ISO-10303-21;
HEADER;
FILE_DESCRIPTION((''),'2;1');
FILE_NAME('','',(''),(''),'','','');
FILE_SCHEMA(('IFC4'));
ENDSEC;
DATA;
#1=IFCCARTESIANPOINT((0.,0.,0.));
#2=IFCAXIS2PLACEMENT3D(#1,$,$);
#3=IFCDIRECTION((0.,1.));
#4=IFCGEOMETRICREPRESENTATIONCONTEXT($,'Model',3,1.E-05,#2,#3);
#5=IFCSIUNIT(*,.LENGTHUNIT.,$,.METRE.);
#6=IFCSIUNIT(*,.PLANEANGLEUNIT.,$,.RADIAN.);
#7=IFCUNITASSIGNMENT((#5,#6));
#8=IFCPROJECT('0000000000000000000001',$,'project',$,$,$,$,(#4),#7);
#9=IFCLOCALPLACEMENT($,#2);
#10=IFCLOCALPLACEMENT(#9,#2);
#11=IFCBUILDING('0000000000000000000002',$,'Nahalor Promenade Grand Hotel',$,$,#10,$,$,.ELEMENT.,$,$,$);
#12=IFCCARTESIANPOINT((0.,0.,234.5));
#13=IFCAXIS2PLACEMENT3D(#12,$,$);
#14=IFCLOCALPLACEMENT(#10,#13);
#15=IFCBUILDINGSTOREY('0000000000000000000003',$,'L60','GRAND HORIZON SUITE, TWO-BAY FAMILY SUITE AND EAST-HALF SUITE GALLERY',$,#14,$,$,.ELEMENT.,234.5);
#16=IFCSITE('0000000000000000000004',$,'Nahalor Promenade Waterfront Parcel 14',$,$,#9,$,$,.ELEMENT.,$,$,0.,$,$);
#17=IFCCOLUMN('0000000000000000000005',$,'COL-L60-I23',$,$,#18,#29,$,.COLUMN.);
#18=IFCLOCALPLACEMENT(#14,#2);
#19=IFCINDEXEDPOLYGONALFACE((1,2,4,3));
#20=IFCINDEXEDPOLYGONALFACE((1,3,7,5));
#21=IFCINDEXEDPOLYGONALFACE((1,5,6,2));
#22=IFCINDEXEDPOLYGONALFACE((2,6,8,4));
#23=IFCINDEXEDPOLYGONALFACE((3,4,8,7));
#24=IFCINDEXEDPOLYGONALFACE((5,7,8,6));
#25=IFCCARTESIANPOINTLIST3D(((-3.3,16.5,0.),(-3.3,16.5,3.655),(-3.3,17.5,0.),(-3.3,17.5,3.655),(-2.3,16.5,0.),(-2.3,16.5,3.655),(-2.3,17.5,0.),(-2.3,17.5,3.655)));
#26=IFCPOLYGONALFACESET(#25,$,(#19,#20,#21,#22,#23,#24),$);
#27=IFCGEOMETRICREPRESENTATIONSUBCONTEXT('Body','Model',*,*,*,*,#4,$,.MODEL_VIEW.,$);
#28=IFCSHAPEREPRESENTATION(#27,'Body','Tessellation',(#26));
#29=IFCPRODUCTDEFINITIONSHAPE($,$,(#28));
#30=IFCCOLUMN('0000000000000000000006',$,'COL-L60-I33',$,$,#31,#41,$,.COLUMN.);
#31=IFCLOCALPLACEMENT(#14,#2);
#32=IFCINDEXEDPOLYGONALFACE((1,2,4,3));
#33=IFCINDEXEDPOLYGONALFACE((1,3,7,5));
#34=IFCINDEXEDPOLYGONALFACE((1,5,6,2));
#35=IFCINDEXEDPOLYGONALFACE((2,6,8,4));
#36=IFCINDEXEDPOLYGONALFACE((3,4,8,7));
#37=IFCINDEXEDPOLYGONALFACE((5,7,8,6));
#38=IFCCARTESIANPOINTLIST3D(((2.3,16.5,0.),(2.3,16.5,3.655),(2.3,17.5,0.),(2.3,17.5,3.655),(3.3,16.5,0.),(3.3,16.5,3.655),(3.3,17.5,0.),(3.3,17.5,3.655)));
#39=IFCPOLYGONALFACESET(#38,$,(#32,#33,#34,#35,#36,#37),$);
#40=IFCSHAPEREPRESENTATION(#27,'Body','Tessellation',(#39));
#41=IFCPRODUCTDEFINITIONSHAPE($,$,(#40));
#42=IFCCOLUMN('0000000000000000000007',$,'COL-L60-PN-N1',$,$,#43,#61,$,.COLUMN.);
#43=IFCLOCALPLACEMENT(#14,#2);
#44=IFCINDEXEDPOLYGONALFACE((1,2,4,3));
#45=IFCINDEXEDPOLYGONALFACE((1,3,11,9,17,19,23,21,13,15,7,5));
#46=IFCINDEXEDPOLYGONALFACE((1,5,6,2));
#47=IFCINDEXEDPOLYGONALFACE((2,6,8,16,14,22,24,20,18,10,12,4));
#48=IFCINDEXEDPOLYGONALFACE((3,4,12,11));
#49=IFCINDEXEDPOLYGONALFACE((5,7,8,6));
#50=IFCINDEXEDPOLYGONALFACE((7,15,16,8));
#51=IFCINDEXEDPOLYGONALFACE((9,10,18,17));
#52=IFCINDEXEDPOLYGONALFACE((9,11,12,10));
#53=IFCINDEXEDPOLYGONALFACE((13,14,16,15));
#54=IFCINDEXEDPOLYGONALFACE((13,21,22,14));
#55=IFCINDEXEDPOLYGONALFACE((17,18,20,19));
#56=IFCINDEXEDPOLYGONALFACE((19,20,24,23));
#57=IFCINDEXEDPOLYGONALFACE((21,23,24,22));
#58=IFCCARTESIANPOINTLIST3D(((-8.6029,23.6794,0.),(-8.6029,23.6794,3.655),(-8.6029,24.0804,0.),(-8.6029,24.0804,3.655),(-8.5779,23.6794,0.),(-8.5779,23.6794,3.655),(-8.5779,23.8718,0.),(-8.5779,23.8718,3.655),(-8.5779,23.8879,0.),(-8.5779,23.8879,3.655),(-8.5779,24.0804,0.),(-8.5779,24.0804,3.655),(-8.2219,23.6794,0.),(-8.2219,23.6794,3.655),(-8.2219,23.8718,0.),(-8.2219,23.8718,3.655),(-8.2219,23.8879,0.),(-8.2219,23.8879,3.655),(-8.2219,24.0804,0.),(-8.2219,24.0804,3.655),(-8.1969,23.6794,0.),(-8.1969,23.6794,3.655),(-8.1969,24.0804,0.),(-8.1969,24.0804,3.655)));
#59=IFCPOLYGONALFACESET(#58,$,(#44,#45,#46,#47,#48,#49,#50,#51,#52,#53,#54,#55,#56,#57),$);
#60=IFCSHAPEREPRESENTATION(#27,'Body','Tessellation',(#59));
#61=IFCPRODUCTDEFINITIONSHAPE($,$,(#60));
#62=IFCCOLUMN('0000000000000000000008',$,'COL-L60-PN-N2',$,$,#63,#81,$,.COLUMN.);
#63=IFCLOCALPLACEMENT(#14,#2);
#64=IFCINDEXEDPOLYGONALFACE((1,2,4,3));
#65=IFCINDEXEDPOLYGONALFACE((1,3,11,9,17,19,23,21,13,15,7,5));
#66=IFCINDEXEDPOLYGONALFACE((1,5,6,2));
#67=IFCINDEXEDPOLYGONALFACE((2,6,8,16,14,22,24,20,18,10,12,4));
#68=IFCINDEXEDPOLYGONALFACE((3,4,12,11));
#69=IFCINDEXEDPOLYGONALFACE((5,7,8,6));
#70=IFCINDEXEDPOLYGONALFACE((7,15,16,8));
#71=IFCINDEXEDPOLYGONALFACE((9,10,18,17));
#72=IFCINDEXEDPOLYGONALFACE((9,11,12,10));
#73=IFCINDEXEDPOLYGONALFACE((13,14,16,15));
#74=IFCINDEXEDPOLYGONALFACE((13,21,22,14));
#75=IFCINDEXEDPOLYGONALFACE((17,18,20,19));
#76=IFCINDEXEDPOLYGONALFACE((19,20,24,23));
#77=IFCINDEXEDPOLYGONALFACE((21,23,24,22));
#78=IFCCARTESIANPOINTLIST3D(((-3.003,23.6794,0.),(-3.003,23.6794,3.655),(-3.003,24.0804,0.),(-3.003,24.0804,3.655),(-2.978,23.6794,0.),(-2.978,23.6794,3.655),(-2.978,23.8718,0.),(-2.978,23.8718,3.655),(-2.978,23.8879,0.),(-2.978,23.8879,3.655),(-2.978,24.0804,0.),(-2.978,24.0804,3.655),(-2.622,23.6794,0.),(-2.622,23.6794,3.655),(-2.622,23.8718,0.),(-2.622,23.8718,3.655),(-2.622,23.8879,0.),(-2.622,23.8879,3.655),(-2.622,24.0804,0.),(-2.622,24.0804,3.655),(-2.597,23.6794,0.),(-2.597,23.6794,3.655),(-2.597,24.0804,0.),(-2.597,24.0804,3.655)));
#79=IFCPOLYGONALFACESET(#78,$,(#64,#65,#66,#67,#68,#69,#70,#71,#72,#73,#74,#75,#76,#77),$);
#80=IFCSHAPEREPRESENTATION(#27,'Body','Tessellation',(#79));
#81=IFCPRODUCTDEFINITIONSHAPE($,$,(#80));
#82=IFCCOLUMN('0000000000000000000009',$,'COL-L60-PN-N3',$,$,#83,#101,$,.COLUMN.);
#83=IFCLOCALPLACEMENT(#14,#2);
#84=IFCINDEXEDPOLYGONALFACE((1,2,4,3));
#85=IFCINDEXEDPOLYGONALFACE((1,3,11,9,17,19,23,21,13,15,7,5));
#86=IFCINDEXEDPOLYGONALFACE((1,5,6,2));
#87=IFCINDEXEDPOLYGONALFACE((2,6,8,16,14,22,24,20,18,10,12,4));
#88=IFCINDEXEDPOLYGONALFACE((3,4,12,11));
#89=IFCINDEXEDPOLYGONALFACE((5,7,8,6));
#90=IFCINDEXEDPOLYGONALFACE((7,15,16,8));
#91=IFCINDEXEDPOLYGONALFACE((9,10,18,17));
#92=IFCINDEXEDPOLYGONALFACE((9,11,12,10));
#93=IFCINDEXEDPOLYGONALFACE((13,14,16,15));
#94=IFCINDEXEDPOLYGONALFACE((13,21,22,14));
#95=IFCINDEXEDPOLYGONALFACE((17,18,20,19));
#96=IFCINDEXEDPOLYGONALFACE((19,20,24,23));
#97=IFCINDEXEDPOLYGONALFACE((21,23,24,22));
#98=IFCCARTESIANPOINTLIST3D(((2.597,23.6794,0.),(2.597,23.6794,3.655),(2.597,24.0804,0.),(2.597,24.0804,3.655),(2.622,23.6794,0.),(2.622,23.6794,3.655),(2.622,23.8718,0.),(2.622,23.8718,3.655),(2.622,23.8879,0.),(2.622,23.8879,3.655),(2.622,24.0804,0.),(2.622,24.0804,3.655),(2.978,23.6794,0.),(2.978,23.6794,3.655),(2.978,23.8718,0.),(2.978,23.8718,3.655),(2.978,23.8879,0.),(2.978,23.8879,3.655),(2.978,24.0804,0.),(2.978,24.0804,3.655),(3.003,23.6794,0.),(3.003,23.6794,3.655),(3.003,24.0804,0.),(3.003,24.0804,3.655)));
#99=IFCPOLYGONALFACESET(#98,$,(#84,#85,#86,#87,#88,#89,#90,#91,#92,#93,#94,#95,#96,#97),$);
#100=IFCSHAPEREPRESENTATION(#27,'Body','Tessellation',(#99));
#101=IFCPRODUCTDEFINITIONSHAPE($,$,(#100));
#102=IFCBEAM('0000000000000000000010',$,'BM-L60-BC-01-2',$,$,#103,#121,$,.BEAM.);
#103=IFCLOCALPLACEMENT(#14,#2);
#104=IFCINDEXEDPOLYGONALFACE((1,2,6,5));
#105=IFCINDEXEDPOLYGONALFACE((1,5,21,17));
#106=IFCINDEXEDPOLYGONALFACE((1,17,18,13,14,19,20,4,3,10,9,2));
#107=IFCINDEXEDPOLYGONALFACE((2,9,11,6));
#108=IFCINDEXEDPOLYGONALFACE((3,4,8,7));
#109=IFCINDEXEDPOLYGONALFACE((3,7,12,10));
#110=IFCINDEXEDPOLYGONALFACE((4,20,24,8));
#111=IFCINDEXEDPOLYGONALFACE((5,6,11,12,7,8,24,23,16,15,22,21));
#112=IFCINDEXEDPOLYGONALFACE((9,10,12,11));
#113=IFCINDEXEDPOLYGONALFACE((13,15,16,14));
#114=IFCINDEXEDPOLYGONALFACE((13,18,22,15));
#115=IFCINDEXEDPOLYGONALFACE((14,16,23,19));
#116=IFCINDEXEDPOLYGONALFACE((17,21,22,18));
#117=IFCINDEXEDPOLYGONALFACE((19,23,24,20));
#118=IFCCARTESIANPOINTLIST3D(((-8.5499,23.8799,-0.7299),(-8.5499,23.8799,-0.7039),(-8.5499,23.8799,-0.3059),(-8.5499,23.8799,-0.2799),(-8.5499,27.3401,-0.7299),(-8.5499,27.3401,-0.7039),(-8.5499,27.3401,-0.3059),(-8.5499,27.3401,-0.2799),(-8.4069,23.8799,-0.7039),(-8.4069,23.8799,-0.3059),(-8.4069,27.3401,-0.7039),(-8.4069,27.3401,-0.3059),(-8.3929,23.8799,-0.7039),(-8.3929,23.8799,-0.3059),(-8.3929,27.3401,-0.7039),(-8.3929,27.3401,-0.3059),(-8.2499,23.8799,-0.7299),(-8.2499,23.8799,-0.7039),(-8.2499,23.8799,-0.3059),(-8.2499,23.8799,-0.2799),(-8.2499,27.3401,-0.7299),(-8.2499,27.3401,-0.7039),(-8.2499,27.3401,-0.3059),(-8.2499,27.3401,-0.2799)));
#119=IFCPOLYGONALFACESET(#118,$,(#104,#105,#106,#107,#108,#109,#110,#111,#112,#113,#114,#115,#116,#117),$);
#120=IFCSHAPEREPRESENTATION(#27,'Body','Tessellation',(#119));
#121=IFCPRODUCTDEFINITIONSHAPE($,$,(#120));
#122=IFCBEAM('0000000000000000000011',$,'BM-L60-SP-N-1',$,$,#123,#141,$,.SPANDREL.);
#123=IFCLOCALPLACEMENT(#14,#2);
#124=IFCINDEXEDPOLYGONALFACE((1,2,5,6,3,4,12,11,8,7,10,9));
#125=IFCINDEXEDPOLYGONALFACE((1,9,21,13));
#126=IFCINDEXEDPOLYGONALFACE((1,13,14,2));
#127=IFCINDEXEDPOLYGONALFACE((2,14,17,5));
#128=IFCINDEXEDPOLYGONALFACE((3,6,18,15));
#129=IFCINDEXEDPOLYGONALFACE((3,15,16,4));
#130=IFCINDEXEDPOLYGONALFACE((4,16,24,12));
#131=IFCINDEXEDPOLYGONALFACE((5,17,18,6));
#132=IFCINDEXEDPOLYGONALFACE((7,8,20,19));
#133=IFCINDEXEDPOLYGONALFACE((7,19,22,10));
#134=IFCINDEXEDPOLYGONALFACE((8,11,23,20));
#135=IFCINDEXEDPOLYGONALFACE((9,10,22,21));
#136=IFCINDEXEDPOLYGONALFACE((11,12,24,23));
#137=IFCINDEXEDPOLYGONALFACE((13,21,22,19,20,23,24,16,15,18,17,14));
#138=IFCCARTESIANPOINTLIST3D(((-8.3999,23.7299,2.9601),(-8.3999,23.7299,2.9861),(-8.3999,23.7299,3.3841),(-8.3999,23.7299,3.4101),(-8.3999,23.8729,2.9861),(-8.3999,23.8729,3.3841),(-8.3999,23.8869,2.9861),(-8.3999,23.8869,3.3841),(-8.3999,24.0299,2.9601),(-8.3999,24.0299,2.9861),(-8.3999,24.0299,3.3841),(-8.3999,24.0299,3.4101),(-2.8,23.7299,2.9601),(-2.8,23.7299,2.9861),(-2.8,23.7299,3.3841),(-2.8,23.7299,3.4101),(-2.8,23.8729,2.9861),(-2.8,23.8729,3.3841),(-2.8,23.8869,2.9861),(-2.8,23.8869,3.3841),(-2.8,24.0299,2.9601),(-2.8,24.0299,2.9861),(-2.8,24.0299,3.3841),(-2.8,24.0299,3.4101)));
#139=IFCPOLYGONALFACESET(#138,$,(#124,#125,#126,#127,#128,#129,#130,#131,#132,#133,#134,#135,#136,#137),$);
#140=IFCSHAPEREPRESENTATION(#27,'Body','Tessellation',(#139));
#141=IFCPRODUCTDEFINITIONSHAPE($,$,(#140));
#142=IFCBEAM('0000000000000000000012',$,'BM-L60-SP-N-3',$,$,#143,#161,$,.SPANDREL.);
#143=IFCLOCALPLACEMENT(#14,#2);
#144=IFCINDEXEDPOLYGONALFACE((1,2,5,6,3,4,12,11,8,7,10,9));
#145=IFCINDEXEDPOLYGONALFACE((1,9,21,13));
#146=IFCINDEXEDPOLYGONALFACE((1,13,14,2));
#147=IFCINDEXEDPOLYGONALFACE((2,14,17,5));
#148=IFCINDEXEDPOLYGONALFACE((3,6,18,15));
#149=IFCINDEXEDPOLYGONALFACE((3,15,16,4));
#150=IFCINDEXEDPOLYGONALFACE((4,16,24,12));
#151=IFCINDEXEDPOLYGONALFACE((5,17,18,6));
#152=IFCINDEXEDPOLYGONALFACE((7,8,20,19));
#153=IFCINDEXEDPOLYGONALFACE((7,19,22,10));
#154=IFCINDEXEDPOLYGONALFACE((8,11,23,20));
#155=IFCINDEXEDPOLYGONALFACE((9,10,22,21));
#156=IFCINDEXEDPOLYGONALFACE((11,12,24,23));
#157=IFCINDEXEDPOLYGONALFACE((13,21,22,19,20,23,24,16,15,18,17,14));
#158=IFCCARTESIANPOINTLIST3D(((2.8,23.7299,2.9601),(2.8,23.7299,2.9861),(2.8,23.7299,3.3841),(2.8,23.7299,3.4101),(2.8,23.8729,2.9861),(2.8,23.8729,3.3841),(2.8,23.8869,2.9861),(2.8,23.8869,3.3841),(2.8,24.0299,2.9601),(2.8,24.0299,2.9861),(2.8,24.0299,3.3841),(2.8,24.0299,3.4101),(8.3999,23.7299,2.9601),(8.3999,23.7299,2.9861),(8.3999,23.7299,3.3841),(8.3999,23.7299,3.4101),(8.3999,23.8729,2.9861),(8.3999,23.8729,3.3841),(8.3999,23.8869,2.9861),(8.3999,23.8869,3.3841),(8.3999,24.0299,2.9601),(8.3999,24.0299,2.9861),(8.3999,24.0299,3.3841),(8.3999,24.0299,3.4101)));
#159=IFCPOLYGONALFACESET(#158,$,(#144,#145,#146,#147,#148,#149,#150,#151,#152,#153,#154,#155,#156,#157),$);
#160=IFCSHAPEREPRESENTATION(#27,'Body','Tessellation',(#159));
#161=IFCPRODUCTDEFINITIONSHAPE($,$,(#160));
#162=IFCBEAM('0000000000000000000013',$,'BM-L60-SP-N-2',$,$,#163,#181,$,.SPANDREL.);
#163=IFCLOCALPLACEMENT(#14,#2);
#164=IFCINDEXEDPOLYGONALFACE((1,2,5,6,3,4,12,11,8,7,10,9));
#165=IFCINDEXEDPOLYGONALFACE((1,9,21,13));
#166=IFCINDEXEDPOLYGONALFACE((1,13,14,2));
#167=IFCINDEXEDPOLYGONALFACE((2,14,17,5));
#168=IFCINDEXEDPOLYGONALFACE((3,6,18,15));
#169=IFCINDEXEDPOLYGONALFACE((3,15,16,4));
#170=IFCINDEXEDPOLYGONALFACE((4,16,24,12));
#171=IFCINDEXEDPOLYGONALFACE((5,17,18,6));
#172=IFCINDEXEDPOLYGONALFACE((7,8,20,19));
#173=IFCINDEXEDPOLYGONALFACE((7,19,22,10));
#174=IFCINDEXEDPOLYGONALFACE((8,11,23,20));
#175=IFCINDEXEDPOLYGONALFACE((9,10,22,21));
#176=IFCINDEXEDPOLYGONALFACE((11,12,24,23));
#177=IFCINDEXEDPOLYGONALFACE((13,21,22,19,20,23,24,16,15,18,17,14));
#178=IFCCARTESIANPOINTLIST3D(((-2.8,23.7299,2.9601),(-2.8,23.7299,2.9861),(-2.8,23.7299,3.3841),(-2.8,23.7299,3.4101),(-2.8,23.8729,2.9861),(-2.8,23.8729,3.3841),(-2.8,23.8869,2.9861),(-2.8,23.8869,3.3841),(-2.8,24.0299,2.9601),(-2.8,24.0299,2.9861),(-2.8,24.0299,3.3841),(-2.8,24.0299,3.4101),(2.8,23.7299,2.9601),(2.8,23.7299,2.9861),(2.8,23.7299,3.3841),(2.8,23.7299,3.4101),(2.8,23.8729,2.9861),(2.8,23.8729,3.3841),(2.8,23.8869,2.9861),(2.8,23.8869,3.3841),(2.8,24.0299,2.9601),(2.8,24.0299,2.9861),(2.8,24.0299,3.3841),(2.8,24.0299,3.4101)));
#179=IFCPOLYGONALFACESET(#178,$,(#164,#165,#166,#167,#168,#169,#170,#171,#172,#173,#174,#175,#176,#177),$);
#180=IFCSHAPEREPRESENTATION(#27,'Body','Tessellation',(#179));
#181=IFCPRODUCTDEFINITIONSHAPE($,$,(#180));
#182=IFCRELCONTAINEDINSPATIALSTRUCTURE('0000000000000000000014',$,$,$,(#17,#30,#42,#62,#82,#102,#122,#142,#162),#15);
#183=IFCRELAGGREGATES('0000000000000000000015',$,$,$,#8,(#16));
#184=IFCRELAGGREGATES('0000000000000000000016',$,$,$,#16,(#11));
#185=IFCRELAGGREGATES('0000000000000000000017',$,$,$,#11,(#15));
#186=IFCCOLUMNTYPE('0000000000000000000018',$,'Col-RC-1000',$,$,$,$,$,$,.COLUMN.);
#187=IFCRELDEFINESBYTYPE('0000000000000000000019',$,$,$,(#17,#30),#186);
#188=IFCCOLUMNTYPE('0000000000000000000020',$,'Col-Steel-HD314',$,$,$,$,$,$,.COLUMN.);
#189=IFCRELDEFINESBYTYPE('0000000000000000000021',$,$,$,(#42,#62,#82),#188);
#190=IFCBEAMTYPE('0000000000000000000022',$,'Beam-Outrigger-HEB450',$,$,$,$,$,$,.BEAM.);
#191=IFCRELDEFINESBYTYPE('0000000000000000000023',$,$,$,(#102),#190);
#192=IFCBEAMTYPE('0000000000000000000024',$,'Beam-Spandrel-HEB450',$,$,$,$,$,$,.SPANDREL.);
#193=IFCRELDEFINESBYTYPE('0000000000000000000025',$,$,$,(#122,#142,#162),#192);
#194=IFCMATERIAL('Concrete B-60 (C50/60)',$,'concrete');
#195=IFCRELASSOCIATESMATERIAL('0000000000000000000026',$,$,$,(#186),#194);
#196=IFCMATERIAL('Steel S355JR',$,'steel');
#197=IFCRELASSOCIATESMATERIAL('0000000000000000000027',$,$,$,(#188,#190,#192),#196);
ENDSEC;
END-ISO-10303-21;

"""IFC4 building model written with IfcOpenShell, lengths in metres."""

from ifc_helpers import new_model, si_unit, direction, frame, origin, origin_2d, place, context, subcontext, project, spatial, rectangle, i_section, extrude, source, transform, mapped, material, material_profile, profile_set, type_object, element, save


model = new_model("IFC4")

# Units and contexts
model_context = context("Model", 3, precision=1e-05, world=origin(), true_north=direction((0.0, 1.0)))
body_context = subcontext(model_context, "Body", "Model", "MODEL_VIEW")
ifc_project = project(units=[si_unit("LENGTHUNIT", "METRE"), si_unit("PLANEANGLEUNIT", "RADIAN")], contexts=[model_context])

# Site, building, storey
site_placement = place(None, origin())
site = spatial("IfcSite", under=ifc_project, at=site_placement, Name="Nahalor Promenade Waterfront Parcel 14", CompositionType="ELEMENT", RefElevation=0.0)
building_placement = place(site_placement, origin())
building = spatial("IfcBuilding", under=site, at=building_placement, Name="Nahalor Promenade Grand Hotel", CompositionType="ELEMENT")
storey_placement = place(building_placement, frame((0.0, 0.0, 234.5)))
storey = spatial("IfcBuildingStorey", under=building, at=storey_placement, Name="L60", Description="GRAND HORIZON SUITE, TWO-BAY FAMILY SUITE AND EAST-HALF SUITE GALLERY", CompositionType="ELEMENT", Elevation=234.5)

# Columns
ifc_material_1 = material(Name="Concrete B-60 (C50/60)", Category="concrete")
ifc_material_profile_1 = material_profile(ifc_material_1, rectangle(XDim=1.0, YDim=1.0, at=origin_2d()), Name="RC 1000x1000")
ifc_profile_set_1 = profile_set([ifc_material_profile_1], Name="Concrete B-60 (C50/60)")
column_type_1 = type_object("IfcColumnType", Name="Col-RC-1000", PredefinedType="COLUMN", material=ifc_profile_set_1)
shared_shape_1 = source(origin(), body_context, "Body", "SweptSolid", [
    extrude(rectangle(XDim=1.0, YDim=1.0, at=origin_2d()), origin(), (0.0, 0.0, 1.0), 3.655),
])
for number, where, z_axis, x_axis, name in (
    (1, (-2.8, 17.0, 0.0), (0.0, 0.0, 1.0), (1.0, 0.0, 0.0), "COL-L60-I23"),
    (2, (2.8, 17.0, 0.0), (0.0, 0.0, 1.0), (1.0, 0.0, 0.0), "COL-L60-I33"),
):
    element("IfcColumn", number, at=place(storey_placement, frame(where, z_axis=z_axis, x_axis=x_axis)), inside=storey, type_object=column_type_1, Name=name, PredefinedType="COLUMN", context=body_context, shape_type="MappedRepresentation", body=[
        mapped(shared_shape_1, transform((0.0, 0.0, 0.0), scale=1.0)),
    ])
ifc_material_2 = material(Name="Steel S355JR", Category="steel")
ifc_material_profile_2 = material_profile(ifc_material_2, i_section(OverallWidth=0.401, OverallDepth=0.406, WebThickness=0.0161, FlangeThickness=0.025, at=origin_2d()), Name="HD 400x314")
ifc_profile_set_2 = profile_set([ifc_material_profile_2], Name="Steel S355JR")
column_type_2 = type_object("IfcColumnType", Name="Col-Steel-HD314", PredefinedType="COLUMN", material=ifc_profile_set_2)
shared_shape_2 = source(origin(), body_context, "Body", "SweptSolid", [
    extrude(i_section(OverallWidth=0.401, OverallDepth=0.406, WebThickness=0.0161, FlangeThickness=0.025, at=origin_2d()), origin(), (0.0, 0.0, 1.0), 3.655),
])
for number, where, z_axis, x_axis, name in (
    (3, (-8.3999, 23.8799, 0.0), (0.0, 0.0, 1.0), (0.0, 1.0, 0.0), "COL-L60-PN-N1"),
    (4, (-2.8, 23.8799, 0.0), (0.0, 0.0, 1.0), (0.0, 1.0, 0.0), "COL-L60-PN-N2"),
    (5, (2.8, 23.8799, 0.0), (0.0, 0.0, 1.0), (0.0, 1.0, 0.0), "COL-L60-PN-N3"),
):
    element("IfcColumn", number, at=place(storey_placement, frame(where, z_axis=z_axis, x_axis=x_axis)), inside=storey, type_object=column_type_2, Name=name, PredefinedType="COLUMN", context=body_context, shape_type="MappedRepresentation", body=[
        mapped(shared_shape_2, transform((0.0, 0.0, 0.0), scale=1.0)),
    ])

# Beams
ifc_material_profile_3 = material_profile(ifc_material_2, i_section(OverallWidth=0.3, OverallDepth=0.45, WebThickness=0.014, FlangeThickness=0.026, at=origin_2d()), Name="HEB 450")
ifc_profile_set_3 = profile_set([ifc_material_profile_3], Name="Steel S355JR")
beam_type_1 = type_object("IfcBeamType", Name="Beam-Outrigger-HEB450", PredefinedType="BEAM", material=ifc_profile_set_3)
shared_shape_3 = source(origin(), body_context, "Body", "SweptSolid", [
    extrude(i_section(OverallWidth=0.3, OverallDepth=0.45, WebThickness=0.014, FlangeThickness=0.026, at=origin_2d()), origin(), (0.0, 0.0, 1.0), 3.4602),
])
beam_1_placement = place(storey_placement, frame((-8.3999, 23.8799, -0.5049), z_axis=(0.0, 1.0, 0.0), x_axis=(-1.0, 0.0, 0.0)))
element("IfcBeam", 6, at=beam_1_placement, inside=storey, type_object=beam_type_1, Name="BM-L60-BC-01-2", PredefinedType="BEAM", context=body_context, shape_type="MappedRepresentation", body=[
    mapped(shared_shape_3, transform((0.0, 0.0, 0.0), scale=1.0)),
])
ifc_material_profile_4 = material_profile(ifc_material_2, i_section(OverallWidth=0.3, OverallDepth=0.45, WebThickness=0.014, FlangeThickness=0.026, at=origin_2d()), Name="HEB 450")
ifc_profile_set_4 = profile_set([ifc_material_profile_4], Name="Steel S355JR")
beam_type_2 = type_object("IfcBeamType", Name="Beam-Spandrel-HEB450", PredefinedType="SPANDREL", material=ifc_profile_set_4)
shared_shape_4 = source(origin(), body_context, "Body", "SweptSolid", [
    extrude(i_section(OverallWidth=0.3, OverallDepth=0.45, WebThickness=0.014, FlangeThickness=0.026, at=origin_2d()), origin(), (0.0, 0.0, 1.0), 5.5999),
])
for number, where, z_axis, x_axis, name in (
    (7, (-8.3999, 23.8799, 3.1851), (1.0, 0.0, 0.0), (0.0, 1.0, 0.0), "BM-L60-SP-N-1"),
    (8, (2.8, 23.8799, 3.1851), (1.0, 0.0, 0.0), (0.0, 1.0, 0.0), "BM-L60-SP-N-3"),
):
    element("IfcBeam", number, at=place(storey_placement, frame(where, z_axis=z_axis, x_axis=x_axis)), inside=storey, type_object=beam_type_2, Name=name, PredefinedType="SPANDREL", context=body_context, shape_type="MappedRepresentation", body=[
        mapped(shared_shape_4, transform((0.0, 0.0, 0.0), scale=1.0)),
    ])
shared_shape_5 = source(origin(), body_context, "Body", "SweptSolid", [
    extrude(i_section(OverallWidth=0.3, OverallDepth=0.45, WebThickness=0.014, FlangeThickness=0.026, at=origin_2d()), origin(), (0.0, 0.0, 1.0), 5.6001),
])
beam_2_placement = place(storey_placement, frame((-2.8, 23.8799, 3.1851), z_axis=(1.0, 0.0, 0.0), x_axis=(0.0, 1.0, 0.0)))
element("IfcBeam", 9, at=beam_2_placement, inside=storey, type_object=beam_type_2, Name="BM-L60-SP-N-2", PredefinedType="SPANDREL", context=body_context, shape_type="MappedRepresentation", body=[
    mapped(shared_shape_5, transform((0.0, 0.0, 0.0), scale=1.0)),
])

save(model, "model.ifc")
